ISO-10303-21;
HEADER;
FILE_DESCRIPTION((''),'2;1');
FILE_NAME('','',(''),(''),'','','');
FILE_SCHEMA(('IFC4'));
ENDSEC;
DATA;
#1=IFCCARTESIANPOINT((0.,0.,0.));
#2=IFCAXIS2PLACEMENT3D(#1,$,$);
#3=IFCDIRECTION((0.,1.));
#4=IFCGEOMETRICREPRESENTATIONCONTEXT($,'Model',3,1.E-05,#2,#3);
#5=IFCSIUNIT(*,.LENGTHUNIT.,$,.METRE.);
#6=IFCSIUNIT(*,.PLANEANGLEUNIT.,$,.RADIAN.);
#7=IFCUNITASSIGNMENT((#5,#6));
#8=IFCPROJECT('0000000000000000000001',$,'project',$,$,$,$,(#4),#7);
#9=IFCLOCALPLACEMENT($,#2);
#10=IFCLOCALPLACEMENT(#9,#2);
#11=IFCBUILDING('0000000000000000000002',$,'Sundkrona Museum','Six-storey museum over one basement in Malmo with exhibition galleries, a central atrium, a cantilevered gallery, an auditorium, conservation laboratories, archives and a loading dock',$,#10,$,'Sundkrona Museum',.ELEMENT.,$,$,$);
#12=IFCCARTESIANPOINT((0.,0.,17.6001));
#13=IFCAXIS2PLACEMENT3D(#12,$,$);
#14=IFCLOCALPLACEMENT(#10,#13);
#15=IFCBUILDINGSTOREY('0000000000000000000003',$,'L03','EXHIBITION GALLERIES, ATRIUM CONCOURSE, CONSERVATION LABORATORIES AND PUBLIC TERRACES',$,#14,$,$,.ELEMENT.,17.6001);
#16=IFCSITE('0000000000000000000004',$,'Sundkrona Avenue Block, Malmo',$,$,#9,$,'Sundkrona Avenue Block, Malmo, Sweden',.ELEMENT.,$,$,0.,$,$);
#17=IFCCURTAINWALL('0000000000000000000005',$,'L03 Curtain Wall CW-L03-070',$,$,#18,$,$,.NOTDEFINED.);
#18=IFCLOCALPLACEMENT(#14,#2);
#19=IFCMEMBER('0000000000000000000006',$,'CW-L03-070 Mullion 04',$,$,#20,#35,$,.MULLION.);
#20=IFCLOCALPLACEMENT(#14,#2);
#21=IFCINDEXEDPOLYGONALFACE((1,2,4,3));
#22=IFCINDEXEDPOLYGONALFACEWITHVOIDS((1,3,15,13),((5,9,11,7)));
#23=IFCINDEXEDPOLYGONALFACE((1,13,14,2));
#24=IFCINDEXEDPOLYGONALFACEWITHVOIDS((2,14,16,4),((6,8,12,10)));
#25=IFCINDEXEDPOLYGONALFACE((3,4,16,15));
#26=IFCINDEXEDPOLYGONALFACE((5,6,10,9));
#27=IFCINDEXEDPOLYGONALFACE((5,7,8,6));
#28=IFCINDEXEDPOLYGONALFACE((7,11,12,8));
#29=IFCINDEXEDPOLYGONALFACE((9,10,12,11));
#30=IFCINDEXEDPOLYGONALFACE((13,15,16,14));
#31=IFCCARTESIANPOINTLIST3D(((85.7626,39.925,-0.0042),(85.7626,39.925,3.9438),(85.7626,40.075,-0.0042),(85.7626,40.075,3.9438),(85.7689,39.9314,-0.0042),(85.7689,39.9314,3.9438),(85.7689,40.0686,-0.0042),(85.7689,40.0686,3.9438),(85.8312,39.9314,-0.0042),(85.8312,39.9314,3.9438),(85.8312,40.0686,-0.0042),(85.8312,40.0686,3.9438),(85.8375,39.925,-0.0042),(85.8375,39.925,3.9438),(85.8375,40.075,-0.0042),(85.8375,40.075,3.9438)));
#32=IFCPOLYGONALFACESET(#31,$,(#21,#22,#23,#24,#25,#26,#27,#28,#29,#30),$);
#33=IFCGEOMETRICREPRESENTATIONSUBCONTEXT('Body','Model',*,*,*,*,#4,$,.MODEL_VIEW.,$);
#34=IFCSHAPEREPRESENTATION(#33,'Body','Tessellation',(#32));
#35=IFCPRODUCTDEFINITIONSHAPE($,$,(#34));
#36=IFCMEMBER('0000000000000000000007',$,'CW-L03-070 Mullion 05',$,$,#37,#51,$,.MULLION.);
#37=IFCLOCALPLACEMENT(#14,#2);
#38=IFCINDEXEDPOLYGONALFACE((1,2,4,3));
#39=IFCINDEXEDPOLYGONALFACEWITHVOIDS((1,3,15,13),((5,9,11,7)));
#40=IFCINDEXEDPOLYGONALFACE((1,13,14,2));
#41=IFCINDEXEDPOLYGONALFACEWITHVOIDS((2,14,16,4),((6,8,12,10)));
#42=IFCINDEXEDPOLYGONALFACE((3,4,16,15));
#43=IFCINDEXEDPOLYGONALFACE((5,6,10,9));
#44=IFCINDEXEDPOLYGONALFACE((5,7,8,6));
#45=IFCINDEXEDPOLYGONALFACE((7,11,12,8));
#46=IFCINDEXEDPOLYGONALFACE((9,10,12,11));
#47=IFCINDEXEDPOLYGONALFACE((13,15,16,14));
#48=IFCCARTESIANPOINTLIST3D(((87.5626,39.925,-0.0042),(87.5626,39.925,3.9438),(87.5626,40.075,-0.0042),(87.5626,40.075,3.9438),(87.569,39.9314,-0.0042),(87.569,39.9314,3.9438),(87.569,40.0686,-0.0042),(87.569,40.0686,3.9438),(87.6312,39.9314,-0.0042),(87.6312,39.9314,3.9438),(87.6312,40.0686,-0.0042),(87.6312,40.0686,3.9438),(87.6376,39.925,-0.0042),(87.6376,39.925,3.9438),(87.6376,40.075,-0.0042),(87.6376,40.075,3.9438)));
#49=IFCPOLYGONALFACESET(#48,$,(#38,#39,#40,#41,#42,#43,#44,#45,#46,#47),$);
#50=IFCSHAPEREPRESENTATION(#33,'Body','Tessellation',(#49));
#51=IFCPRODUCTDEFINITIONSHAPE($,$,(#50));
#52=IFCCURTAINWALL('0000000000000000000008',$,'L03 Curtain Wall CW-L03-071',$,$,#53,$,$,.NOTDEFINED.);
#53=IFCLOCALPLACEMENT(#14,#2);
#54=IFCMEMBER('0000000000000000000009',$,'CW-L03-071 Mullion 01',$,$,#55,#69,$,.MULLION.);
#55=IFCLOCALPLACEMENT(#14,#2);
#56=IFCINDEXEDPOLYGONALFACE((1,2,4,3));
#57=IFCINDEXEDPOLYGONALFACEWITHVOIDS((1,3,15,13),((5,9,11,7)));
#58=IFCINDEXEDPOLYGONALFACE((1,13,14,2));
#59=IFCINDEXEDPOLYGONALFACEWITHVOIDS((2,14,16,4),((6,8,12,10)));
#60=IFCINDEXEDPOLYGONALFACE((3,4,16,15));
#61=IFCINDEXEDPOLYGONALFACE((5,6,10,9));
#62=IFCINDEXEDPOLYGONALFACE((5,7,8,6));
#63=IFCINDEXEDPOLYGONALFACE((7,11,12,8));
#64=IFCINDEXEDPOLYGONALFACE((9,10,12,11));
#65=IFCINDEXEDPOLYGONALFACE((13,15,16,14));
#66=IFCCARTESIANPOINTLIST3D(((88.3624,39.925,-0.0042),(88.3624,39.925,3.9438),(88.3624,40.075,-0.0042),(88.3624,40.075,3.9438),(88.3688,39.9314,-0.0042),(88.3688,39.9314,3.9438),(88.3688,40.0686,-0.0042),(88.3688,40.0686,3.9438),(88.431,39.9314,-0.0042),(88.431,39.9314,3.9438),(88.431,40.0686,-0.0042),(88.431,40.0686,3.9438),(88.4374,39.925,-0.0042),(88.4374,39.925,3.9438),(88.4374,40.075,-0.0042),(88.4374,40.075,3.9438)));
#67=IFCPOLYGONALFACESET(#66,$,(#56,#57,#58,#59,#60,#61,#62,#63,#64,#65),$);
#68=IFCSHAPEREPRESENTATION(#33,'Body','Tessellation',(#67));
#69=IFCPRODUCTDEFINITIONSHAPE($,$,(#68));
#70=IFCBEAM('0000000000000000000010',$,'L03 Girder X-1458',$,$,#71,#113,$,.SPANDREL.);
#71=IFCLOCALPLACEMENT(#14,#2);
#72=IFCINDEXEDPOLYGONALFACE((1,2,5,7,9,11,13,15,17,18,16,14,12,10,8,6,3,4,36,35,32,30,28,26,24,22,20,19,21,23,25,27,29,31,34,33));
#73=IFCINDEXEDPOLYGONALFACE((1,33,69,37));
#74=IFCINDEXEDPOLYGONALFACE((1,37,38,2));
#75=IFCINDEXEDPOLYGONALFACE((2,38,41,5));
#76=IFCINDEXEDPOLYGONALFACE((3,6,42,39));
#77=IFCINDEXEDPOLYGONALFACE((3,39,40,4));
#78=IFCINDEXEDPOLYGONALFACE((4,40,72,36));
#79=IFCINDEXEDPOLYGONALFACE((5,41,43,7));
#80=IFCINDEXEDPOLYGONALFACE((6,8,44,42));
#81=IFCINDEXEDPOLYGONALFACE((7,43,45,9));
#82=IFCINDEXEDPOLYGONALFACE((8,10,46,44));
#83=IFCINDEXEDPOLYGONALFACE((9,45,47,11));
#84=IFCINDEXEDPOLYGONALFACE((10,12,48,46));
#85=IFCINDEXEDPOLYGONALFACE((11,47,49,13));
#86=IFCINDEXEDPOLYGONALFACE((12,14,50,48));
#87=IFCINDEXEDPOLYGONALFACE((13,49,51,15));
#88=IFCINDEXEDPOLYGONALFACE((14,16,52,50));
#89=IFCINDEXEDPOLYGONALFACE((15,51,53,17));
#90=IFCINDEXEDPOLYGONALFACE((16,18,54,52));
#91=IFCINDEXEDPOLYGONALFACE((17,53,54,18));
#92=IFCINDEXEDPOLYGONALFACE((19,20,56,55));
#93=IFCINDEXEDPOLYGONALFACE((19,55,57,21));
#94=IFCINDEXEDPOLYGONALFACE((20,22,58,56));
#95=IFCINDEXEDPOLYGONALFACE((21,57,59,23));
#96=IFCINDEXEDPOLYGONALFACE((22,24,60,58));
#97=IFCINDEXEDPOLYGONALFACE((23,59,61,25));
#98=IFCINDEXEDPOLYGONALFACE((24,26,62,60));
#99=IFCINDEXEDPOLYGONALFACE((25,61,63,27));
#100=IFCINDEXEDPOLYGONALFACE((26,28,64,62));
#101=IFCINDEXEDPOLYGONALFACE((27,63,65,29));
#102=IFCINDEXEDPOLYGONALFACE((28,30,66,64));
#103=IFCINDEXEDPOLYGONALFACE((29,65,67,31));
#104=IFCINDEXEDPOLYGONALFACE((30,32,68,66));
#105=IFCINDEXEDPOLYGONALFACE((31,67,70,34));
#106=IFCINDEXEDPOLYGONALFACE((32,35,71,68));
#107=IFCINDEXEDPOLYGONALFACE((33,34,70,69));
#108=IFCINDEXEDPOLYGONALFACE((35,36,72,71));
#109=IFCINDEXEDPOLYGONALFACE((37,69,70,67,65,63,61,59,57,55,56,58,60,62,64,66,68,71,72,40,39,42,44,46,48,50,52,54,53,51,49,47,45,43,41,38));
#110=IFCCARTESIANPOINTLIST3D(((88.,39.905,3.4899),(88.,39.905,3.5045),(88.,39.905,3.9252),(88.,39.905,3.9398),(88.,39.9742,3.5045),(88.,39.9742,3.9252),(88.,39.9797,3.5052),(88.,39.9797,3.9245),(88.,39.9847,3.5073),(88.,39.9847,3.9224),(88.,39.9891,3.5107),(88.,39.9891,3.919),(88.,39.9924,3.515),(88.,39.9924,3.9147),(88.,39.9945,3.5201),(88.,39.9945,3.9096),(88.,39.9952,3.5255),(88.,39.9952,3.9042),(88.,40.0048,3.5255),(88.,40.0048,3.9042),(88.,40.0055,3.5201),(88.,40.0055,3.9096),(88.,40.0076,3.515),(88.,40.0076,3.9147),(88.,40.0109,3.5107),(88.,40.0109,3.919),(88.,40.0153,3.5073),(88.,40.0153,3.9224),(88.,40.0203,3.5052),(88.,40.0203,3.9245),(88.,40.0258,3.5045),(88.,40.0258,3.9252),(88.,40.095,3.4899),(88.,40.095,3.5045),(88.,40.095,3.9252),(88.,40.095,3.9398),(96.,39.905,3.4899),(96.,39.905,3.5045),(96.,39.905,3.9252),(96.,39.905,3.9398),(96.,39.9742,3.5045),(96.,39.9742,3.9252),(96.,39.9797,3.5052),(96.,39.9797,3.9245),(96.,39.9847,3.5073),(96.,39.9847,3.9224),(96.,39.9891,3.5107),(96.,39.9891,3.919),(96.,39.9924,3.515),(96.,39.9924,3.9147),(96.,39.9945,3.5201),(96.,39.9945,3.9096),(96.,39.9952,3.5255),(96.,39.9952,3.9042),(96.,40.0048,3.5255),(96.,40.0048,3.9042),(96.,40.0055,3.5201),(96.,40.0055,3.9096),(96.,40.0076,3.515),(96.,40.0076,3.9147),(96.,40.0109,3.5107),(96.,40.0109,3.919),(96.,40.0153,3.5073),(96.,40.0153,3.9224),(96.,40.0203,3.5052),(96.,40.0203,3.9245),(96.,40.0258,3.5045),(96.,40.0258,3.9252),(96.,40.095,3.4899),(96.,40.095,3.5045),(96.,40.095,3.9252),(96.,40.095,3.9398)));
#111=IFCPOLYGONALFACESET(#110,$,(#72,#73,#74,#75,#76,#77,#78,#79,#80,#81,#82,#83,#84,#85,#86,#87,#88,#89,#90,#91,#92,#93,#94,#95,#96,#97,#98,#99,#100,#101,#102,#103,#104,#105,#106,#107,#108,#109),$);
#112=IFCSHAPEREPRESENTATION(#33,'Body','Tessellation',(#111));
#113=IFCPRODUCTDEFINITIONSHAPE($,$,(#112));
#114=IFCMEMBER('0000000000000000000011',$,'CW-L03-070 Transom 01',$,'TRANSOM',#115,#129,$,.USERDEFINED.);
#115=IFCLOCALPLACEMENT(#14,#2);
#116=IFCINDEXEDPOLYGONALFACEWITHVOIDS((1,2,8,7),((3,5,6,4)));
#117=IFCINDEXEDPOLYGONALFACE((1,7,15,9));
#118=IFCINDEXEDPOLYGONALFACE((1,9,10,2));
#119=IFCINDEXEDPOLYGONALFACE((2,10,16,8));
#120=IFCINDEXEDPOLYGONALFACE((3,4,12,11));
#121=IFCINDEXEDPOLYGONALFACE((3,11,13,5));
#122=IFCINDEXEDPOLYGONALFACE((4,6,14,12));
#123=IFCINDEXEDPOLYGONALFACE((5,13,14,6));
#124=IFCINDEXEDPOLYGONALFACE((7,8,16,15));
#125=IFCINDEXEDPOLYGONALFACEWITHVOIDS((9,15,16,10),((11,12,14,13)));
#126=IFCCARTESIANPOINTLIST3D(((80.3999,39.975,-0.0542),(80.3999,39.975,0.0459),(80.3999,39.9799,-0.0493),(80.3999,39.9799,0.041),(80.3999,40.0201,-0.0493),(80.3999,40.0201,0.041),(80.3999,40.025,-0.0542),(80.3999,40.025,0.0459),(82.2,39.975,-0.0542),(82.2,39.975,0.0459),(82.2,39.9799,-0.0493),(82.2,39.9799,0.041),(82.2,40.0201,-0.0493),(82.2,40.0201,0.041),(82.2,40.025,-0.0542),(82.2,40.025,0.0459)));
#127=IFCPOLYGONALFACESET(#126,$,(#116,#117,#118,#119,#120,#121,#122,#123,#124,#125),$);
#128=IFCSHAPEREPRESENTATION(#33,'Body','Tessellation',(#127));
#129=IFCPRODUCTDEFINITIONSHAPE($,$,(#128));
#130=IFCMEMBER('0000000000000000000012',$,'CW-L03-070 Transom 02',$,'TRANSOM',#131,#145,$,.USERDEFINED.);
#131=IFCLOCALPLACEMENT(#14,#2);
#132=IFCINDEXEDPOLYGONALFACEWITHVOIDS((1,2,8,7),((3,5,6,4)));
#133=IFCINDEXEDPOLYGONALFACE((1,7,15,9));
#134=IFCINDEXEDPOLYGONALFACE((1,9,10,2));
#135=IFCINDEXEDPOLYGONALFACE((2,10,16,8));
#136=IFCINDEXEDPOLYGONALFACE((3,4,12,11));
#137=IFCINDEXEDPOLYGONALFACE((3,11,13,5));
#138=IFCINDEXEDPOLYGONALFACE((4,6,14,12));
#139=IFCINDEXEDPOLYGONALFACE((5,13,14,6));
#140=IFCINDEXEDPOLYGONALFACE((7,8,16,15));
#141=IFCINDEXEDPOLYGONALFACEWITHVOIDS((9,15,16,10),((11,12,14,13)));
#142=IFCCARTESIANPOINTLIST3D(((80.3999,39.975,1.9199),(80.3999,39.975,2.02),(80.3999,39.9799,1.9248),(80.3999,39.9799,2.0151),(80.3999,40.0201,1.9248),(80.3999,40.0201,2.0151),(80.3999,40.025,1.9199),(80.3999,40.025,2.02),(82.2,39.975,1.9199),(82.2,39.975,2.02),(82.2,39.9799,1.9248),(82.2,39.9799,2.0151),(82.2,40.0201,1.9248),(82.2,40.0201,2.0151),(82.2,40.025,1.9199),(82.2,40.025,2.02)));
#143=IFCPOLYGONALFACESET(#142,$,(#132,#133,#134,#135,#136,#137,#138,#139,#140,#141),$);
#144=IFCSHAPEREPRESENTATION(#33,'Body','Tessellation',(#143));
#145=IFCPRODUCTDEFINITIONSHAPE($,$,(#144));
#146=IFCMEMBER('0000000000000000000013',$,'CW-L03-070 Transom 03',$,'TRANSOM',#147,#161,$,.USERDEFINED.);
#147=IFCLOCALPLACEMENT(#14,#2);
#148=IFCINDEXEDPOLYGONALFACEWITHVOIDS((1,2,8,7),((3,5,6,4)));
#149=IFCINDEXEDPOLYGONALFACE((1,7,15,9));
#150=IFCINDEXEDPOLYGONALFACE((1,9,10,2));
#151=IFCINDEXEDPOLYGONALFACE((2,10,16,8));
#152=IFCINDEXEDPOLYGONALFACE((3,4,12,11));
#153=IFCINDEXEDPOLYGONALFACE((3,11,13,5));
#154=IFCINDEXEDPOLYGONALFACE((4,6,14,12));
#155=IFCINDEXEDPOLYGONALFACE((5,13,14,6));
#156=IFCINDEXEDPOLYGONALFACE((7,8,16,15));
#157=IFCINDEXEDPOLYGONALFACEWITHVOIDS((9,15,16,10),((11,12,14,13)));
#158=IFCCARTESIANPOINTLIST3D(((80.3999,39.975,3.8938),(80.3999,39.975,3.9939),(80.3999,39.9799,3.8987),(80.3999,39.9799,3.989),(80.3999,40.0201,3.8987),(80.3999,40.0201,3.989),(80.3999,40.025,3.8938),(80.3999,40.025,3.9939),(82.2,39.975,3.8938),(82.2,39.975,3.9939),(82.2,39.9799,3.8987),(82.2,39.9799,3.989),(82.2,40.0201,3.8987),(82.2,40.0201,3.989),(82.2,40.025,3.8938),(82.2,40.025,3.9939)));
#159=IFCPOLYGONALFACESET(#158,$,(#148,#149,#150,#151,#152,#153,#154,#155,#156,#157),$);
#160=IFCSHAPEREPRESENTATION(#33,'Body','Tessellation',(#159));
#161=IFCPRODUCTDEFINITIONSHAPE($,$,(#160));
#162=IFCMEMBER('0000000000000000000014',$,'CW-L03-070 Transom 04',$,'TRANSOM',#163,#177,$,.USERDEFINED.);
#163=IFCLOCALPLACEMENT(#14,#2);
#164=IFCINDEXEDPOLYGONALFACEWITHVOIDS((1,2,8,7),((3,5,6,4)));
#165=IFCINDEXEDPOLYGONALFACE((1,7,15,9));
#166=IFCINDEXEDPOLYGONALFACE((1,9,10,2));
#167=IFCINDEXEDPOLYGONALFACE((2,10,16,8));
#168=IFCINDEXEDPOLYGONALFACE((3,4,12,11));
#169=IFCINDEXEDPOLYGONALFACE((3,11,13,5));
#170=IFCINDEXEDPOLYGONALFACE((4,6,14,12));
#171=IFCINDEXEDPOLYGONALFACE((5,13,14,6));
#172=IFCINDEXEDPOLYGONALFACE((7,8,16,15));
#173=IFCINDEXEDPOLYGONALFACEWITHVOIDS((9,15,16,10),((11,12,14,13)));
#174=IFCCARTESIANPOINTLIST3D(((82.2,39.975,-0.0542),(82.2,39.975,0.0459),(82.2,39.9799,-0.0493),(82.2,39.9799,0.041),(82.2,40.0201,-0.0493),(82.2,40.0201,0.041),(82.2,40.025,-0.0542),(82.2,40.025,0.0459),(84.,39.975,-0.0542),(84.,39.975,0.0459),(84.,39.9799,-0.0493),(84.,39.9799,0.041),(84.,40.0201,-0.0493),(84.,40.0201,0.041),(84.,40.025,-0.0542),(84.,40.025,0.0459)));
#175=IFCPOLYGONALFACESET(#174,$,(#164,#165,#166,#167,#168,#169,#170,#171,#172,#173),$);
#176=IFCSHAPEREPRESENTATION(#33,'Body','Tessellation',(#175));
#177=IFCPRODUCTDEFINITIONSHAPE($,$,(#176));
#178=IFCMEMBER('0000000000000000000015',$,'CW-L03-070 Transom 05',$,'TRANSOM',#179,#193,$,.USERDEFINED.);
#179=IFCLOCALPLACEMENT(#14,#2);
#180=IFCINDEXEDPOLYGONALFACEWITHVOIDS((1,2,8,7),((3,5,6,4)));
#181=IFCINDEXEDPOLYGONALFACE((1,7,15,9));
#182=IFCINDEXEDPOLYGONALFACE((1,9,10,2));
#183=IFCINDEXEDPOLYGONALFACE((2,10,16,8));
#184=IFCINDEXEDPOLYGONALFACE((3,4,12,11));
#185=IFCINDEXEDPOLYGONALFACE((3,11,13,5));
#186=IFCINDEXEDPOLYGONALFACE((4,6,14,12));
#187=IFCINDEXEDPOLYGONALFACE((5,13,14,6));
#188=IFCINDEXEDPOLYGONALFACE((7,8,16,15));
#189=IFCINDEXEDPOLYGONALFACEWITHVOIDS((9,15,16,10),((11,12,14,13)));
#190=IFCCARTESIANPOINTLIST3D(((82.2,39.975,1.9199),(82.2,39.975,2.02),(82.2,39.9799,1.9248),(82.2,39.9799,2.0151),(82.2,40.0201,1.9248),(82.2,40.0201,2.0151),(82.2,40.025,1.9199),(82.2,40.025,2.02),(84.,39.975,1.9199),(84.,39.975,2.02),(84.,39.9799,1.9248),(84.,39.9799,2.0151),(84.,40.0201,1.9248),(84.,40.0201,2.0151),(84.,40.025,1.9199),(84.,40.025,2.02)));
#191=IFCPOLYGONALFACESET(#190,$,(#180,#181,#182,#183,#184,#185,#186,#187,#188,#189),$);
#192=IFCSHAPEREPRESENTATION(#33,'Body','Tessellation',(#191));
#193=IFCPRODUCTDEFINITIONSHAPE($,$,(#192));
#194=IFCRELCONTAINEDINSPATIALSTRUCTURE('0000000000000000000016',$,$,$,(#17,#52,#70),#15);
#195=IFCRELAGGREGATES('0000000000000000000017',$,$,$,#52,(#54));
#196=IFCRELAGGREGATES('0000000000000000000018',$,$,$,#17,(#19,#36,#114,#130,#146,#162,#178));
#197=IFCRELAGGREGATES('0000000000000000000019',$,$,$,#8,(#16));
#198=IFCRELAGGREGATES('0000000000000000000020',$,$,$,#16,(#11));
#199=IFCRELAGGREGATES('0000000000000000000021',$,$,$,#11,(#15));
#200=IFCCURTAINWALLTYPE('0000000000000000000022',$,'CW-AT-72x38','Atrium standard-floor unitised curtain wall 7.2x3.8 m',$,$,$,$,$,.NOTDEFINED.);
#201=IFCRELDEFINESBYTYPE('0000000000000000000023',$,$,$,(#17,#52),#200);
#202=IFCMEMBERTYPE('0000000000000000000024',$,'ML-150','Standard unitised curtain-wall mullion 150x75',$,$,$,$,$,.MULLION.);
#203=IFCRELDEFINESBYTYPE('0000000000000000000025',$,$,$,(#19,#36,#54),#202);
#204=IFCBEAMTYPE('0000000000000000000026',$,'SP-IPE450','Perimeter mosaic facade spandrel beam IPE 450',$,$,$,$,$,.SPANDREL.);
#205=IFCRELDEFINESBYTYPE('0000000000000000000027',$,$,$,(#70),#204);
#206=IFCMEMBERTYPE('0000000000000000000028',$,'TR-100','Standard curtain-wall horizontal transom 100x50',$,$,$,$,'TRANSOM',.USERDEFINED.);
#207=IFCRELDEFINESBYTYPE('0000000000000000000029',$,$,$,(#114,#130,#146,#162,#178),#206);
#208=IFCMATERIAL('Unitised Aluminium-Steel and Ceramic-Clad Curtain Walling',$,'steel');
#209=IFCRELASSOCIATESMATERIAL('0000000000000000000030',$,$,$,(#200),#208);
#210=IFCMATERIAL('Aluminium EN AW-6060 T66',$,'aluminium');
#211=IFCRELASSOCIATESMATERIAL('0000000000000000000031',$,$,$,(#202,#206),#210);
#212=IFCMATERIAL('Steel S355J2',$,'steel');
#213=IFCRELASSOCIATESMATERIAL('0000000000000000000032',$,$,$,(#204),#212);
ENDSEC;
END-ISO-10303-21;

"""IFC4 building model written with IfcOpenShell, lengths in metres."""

from ifc_helpers import new_model, si_unit, direction, frame, origin, origin_2d, place, context, subcontext, project, spatial, hollow_rectangle, i_section, extrude, material, material_profile, profile_set, type_object, element, aggregate, save


model = new_model("IFC4")

# Units and contexts
model_context = context("Model", 3, precision=1e-05, world=origin(), true_north=direction((0.0, 1.0)))
body_context = subcontext(model_context, "Body", "Model", "MODEL_VIEW")
ifc_project = project(units=[si_unit("LENGTHUNIT", "METRE"), si_unit("PLANEANGLEUNIT", "RADIAN")], contexts=[model_context])

# Site, building, storey
site_placement = place(None, origin())
site = spatial("IfcSite", under=ifc_project, at=site_placement, Name="Sundkrona Avenue Block, Malmo", LongName="Sundkrona Avenue Block, Malmo, Sweden", CompositionType="ELEMENT", RefElevation=0.0)
building_placement = place(site_placement, origin())
building = spatial("IfcBuilding", under=site, at=building_placement, Name="Sundkrona Museum", Description="Six-storey museum over one basement in Malmo with exhibition galleries, a central atrium, a cantilevered gallery, an auditorium, conservation laboratories, archives and a loading dock", LongName="Sundkrona Museum", CompositionType="ELEMENT")
storey_placement = place(building_placement, frame((0.0, 0.0, 17.6001)))
storey = spatial("IfcBuildingStorey", under=building, at=storey_placement, Name="L03", Description="EXHIBITION GALLERIES, ATRIUM CONCOURSE, CONSERVATION LABORATORIES AND PUBLIC TERRACES", CompositionType="ELEMENT", Elevation=17.6001)

# Shared definitions
ifc_material_1 = material(Name="Steel S355J2", Category="steel")

# Curtain wall, members
ifc_material_2 = material(Name="Unitised Aluminium-Steel and Ceramic-Clad Curtain Walling", Category="steel")
curtain_wall_type = type_object("IfcCurtainWallType", Name="CW-AT-72x38", Description="Atrium standard-floor unitised curtain wall 7.2x3.8 m", PredefinedType="NOTDEFINED", material=ifc_material_2)
curtain_wall_1_placement = place(storey_placement, origin())
curtain_wall_1 = element("IfcCurtainWall", 1, at=curtain_wall_1_placement, inside=storey, type_object=curtain_wall_type, Name="L03 Curtain Wall CW-L03-070", PredefinedType="NOTDEFINED")
ifc_material_3 = material(Name="Aluminium EN AW-6060 T66", Category="aluminium")
ifc_material_profile_1 = material_profile(ifc_material_3, hollow_rectangle(XDim=0.075, YDim=0.1499, WallThickness=0.0063, at=origin_2d()), Name="RHS 150x75x6.3")
ifc_profile_set_1 = profile_set([ifc_material_profile_1], Name="Aluminium EN AW-6060 T66")
member_type_1 = type_object("IfcMemberType", Name="ML-150", Description="Standard unitised curtain-wall mullion 150x75", PredefinedType="MULLION", material=ifc_profile_set_1)
member_1_placement = place(storey_placement, frame((85.8, 40.0, -0.0042), z_axis=(0.0, 0.0, 1.0), x_axis=(1.0, 0.0, 0.0)))
member_1 = element("IfcMember", 2, at=member_1_placement, type_object=member_type_1, Name="CW-L03-070 Mullion 04", PredefinedType="MULLION", context=body_context, shape_type="SweptSolid", body=[
    extrude(hollow_rectangle(XDim=0.075, YDim=0.1499, WallThickness=0.0063, at=origin_2d()), origin(), (0.0, 0.0, 1.0), 3.948),
])
member_2_placement = place(storey_placement, frame((87.6001, 40.0, -0.0042), z_axis=(0.0, 0.0, 1.0), x_axis=(1.0, 0.0, 0.0)))
member_2 = element("IfcMember", 3, at=member_2_placement, type_object=member_type_1, Name="CW-L03-070 Mullion 05", PredefinedType="MULLION", context=body_context, shape_type="SweptSolid", body=[
    extrude(hollow_rectangle(XDim=0.075, YDim=0.1499, WallThickness=0.0063, at=origin_2d()), origin(), (0.0, 0.0, 1.0), 3.948),
])

# Curtain wall, member
curtain_wall_2_placement = place(storey_placement, origin())
curtain_wall_2 = element("IfcCurtainWall", 4, at=curtain_wall_2_placement, inside=storey, type_object=curtain_wall_type, Name="L03 Curtain Wall CW-L03-071", PredefinedType="NOTDEFINED")
member_3_placement = place(storey_placement, frame((88.3999, 40.0, -0.0042), z_axis=(0.0, 0.0, 1.0), x_axis=(1.0, 0.0, 0.0)))
member_3 = element("IfcMember", 5, at=member_3_placement, type_object=member_type_1, Name="CW-L03-071 Mullion 01", PredefinedType="MULLION", context=body_context, shape_type="SweptSolid", body=[
    extrude(hollow_rectangle(XDim=0.075, YDim=0.1499, WallThickness=0.0063, at=origin_2d()), origin(), (0.0, 0.0, 1.0), 3.948),
])

# Beam
ifc_material_profile_2 = material_profile(ifc_material_1, i_section(OverallWidth=0.1899, OverallDepth=0.45, WebThickness=0.0095, FlangeThickness=0.0146, FilletRadius=0.021, at=origin_2d()), Name="IPE 450")
ifc_profile_set_2 = profile_set([ifc_material_profile_2], Name="Steel S355J2")
beam_type_1 = type_object("IfcBeamType", Name="SP-IPE450", Description="Perimeter mosaic facade spandrel beam IPE 450", PredefinedType="SPANDREL", material=ifc_profile_set_2)
beam_placement = place(storey_placement, frame((88.0, 40.0, 3.7148), z_axis=(1.0, 0.0, 0.0), x_axis=(0.0, 1.0, 0.0)))
element("IfcBeam", 6, at=beam_placement, inside=storey, type_object=beam_type_1, Name="L03 Girder X-1458", PredefinedType="SPANDREL", context=body_context, shape_type="SweptSolid", body=[
    extrude(i_section(OverallWidth=0.1899, OverallDepth=0.45, WebThickness=0.0095, FlangeThickness=0.0146, FilletRadius=0.021, at=origin_2d()), origin(), (0.0, 0.0, 1.0), 8.0),
])

# Members
ifc_material_profile_3 = material_profile(ifc_material_3, hollow_rectangle(XDim=0.05, YDim=0.1001, WallThickness=0.0049, at=origin_2d()), Name="RHS 100x50x5.0")
ifc_profile_set_3 = profile_set([ifc_material_profile_3], Name="Aluminium EN AW-6060 T66")
member_type_2 = type_object("IfcMemberType", Name="TR-100", Description="Standard curtain-wall horizontal transom 100x50", ElementType="TRANSOM", PredefinedType="USERDEFINED", material=ifc_profile_set_3)
member_4_placement = place(storey_placement, frame((80.3999, 40.0, -0.0042), z_axis=(1.0, 0.0, 0.0), x_axis=(0.0, 1.0, 0.0)))
member_4 = element("IfcMember", 7, at=member_4_placement, type_object=member_type_2, Name="CW-L03-070 Transom 01", ObjectType="TRANSOM", PredefinedType="USERDEFINED", context=body_context, shape_type="SweptSolid", body=[
    extrude(hollow_rectangle(XDim=0.05, YDim=0.1001, WallThickness=0.0049, at=origin_2d()), origin(), (0.0, 0.0, 1.0), 1.8),
])
member_5_placement = place(storey_placement, frame((80.3999, 40.0, 1.97), z_axis=(1.0, 0.0, 0.0), x_axis=(0.0, 1.0, 0.0)))
member_5 = element("IfcMember", 8, at=member_5_placement, type_object=member_type_2, Name="CW-L03-070 Transom 02", ObjectType="TRANSOM", PredefinedType="USERDEFINED", context=body_context, shape_type="SweptSolid", body=[
    extrude(hollow_rectangle(XDim=0.05, YDim=0.1001, WallThickness=0.0049, at=origin_2d()), origin(), (0.0, 0.0, 1.0), 1.8),
])
member_6_placement = place(storey_placement, frame((80.3999, 40.0, 3.9438), z_axis=(1.0, 0.0, 0.0), x_axis=(0.0, 1.0, 0.0)))
member_6 = element("IfcMember", 9, at=member_6_placement, type_object=member_type_2, Name="CW-L03-070 Transom 03", ObjectType="TRANSOM", PredefinedType="USERDEFINED", context=body_context, shape_type="SweptSolid", body=[
    extrude(hollow_rectangle(XDim=0.05, YDim=0.1001, WallThickness=0.0049, at=origin_2d()), origin(), (0.0, 0.0, 1.0), 1.8),
])
member_7_placement = place(storey_placement, frame((82.2, 40.0, -0.0042), z_axis=(1.0, 0.0, 0.0), x_axis=(0.0, 1.0, 0.0)))
member_7 = element("IfcMember", 10, at=member_7_placement, type_object=member_type_2, Name="CW-L03-070 Transom 04", ObjectType="TRANSOM", PredefinedType="USERDEFINED", context=body_context, shape_type="SweptSolid", body=[
    extrude(hollow_rectangle(XDim=0.05, YDim=0.1001, WallThickness=0.0049, at=origin_2d()), origin(), (0.0, 0.0, 1.0), 1.8),
])
member_8_placement = place(storey_placement, frame((82.2, 40.0, 1.97), z_axis=(1.0, 0.0, 0.0), x_axis=(0.0, 1.0, 0.0)))
member_8 = element("IfcMember", 11, at=member_8_placement, type_object=member_type_2, Name="CW-L03-070 Transom 05", ObjectType="TRANSOM", PredefinedType="USERDEFINED", context=body_context, shape_type="SweptSolid", body=[
    extrude(hollow_rectangle(XDim=0.05, YDim=0.1001, WallThickness=0.0049, at=origin_2d()), origin(), (0.0, 0.0, 1.0), 1.8),
])
aggregate(curtain_wall_2, [member_3])

aggregate(curtain_wall_1, [member_1, member_2, member_4, member_5, member_6, member_7, member_8])

save(model, "model.ifc")
